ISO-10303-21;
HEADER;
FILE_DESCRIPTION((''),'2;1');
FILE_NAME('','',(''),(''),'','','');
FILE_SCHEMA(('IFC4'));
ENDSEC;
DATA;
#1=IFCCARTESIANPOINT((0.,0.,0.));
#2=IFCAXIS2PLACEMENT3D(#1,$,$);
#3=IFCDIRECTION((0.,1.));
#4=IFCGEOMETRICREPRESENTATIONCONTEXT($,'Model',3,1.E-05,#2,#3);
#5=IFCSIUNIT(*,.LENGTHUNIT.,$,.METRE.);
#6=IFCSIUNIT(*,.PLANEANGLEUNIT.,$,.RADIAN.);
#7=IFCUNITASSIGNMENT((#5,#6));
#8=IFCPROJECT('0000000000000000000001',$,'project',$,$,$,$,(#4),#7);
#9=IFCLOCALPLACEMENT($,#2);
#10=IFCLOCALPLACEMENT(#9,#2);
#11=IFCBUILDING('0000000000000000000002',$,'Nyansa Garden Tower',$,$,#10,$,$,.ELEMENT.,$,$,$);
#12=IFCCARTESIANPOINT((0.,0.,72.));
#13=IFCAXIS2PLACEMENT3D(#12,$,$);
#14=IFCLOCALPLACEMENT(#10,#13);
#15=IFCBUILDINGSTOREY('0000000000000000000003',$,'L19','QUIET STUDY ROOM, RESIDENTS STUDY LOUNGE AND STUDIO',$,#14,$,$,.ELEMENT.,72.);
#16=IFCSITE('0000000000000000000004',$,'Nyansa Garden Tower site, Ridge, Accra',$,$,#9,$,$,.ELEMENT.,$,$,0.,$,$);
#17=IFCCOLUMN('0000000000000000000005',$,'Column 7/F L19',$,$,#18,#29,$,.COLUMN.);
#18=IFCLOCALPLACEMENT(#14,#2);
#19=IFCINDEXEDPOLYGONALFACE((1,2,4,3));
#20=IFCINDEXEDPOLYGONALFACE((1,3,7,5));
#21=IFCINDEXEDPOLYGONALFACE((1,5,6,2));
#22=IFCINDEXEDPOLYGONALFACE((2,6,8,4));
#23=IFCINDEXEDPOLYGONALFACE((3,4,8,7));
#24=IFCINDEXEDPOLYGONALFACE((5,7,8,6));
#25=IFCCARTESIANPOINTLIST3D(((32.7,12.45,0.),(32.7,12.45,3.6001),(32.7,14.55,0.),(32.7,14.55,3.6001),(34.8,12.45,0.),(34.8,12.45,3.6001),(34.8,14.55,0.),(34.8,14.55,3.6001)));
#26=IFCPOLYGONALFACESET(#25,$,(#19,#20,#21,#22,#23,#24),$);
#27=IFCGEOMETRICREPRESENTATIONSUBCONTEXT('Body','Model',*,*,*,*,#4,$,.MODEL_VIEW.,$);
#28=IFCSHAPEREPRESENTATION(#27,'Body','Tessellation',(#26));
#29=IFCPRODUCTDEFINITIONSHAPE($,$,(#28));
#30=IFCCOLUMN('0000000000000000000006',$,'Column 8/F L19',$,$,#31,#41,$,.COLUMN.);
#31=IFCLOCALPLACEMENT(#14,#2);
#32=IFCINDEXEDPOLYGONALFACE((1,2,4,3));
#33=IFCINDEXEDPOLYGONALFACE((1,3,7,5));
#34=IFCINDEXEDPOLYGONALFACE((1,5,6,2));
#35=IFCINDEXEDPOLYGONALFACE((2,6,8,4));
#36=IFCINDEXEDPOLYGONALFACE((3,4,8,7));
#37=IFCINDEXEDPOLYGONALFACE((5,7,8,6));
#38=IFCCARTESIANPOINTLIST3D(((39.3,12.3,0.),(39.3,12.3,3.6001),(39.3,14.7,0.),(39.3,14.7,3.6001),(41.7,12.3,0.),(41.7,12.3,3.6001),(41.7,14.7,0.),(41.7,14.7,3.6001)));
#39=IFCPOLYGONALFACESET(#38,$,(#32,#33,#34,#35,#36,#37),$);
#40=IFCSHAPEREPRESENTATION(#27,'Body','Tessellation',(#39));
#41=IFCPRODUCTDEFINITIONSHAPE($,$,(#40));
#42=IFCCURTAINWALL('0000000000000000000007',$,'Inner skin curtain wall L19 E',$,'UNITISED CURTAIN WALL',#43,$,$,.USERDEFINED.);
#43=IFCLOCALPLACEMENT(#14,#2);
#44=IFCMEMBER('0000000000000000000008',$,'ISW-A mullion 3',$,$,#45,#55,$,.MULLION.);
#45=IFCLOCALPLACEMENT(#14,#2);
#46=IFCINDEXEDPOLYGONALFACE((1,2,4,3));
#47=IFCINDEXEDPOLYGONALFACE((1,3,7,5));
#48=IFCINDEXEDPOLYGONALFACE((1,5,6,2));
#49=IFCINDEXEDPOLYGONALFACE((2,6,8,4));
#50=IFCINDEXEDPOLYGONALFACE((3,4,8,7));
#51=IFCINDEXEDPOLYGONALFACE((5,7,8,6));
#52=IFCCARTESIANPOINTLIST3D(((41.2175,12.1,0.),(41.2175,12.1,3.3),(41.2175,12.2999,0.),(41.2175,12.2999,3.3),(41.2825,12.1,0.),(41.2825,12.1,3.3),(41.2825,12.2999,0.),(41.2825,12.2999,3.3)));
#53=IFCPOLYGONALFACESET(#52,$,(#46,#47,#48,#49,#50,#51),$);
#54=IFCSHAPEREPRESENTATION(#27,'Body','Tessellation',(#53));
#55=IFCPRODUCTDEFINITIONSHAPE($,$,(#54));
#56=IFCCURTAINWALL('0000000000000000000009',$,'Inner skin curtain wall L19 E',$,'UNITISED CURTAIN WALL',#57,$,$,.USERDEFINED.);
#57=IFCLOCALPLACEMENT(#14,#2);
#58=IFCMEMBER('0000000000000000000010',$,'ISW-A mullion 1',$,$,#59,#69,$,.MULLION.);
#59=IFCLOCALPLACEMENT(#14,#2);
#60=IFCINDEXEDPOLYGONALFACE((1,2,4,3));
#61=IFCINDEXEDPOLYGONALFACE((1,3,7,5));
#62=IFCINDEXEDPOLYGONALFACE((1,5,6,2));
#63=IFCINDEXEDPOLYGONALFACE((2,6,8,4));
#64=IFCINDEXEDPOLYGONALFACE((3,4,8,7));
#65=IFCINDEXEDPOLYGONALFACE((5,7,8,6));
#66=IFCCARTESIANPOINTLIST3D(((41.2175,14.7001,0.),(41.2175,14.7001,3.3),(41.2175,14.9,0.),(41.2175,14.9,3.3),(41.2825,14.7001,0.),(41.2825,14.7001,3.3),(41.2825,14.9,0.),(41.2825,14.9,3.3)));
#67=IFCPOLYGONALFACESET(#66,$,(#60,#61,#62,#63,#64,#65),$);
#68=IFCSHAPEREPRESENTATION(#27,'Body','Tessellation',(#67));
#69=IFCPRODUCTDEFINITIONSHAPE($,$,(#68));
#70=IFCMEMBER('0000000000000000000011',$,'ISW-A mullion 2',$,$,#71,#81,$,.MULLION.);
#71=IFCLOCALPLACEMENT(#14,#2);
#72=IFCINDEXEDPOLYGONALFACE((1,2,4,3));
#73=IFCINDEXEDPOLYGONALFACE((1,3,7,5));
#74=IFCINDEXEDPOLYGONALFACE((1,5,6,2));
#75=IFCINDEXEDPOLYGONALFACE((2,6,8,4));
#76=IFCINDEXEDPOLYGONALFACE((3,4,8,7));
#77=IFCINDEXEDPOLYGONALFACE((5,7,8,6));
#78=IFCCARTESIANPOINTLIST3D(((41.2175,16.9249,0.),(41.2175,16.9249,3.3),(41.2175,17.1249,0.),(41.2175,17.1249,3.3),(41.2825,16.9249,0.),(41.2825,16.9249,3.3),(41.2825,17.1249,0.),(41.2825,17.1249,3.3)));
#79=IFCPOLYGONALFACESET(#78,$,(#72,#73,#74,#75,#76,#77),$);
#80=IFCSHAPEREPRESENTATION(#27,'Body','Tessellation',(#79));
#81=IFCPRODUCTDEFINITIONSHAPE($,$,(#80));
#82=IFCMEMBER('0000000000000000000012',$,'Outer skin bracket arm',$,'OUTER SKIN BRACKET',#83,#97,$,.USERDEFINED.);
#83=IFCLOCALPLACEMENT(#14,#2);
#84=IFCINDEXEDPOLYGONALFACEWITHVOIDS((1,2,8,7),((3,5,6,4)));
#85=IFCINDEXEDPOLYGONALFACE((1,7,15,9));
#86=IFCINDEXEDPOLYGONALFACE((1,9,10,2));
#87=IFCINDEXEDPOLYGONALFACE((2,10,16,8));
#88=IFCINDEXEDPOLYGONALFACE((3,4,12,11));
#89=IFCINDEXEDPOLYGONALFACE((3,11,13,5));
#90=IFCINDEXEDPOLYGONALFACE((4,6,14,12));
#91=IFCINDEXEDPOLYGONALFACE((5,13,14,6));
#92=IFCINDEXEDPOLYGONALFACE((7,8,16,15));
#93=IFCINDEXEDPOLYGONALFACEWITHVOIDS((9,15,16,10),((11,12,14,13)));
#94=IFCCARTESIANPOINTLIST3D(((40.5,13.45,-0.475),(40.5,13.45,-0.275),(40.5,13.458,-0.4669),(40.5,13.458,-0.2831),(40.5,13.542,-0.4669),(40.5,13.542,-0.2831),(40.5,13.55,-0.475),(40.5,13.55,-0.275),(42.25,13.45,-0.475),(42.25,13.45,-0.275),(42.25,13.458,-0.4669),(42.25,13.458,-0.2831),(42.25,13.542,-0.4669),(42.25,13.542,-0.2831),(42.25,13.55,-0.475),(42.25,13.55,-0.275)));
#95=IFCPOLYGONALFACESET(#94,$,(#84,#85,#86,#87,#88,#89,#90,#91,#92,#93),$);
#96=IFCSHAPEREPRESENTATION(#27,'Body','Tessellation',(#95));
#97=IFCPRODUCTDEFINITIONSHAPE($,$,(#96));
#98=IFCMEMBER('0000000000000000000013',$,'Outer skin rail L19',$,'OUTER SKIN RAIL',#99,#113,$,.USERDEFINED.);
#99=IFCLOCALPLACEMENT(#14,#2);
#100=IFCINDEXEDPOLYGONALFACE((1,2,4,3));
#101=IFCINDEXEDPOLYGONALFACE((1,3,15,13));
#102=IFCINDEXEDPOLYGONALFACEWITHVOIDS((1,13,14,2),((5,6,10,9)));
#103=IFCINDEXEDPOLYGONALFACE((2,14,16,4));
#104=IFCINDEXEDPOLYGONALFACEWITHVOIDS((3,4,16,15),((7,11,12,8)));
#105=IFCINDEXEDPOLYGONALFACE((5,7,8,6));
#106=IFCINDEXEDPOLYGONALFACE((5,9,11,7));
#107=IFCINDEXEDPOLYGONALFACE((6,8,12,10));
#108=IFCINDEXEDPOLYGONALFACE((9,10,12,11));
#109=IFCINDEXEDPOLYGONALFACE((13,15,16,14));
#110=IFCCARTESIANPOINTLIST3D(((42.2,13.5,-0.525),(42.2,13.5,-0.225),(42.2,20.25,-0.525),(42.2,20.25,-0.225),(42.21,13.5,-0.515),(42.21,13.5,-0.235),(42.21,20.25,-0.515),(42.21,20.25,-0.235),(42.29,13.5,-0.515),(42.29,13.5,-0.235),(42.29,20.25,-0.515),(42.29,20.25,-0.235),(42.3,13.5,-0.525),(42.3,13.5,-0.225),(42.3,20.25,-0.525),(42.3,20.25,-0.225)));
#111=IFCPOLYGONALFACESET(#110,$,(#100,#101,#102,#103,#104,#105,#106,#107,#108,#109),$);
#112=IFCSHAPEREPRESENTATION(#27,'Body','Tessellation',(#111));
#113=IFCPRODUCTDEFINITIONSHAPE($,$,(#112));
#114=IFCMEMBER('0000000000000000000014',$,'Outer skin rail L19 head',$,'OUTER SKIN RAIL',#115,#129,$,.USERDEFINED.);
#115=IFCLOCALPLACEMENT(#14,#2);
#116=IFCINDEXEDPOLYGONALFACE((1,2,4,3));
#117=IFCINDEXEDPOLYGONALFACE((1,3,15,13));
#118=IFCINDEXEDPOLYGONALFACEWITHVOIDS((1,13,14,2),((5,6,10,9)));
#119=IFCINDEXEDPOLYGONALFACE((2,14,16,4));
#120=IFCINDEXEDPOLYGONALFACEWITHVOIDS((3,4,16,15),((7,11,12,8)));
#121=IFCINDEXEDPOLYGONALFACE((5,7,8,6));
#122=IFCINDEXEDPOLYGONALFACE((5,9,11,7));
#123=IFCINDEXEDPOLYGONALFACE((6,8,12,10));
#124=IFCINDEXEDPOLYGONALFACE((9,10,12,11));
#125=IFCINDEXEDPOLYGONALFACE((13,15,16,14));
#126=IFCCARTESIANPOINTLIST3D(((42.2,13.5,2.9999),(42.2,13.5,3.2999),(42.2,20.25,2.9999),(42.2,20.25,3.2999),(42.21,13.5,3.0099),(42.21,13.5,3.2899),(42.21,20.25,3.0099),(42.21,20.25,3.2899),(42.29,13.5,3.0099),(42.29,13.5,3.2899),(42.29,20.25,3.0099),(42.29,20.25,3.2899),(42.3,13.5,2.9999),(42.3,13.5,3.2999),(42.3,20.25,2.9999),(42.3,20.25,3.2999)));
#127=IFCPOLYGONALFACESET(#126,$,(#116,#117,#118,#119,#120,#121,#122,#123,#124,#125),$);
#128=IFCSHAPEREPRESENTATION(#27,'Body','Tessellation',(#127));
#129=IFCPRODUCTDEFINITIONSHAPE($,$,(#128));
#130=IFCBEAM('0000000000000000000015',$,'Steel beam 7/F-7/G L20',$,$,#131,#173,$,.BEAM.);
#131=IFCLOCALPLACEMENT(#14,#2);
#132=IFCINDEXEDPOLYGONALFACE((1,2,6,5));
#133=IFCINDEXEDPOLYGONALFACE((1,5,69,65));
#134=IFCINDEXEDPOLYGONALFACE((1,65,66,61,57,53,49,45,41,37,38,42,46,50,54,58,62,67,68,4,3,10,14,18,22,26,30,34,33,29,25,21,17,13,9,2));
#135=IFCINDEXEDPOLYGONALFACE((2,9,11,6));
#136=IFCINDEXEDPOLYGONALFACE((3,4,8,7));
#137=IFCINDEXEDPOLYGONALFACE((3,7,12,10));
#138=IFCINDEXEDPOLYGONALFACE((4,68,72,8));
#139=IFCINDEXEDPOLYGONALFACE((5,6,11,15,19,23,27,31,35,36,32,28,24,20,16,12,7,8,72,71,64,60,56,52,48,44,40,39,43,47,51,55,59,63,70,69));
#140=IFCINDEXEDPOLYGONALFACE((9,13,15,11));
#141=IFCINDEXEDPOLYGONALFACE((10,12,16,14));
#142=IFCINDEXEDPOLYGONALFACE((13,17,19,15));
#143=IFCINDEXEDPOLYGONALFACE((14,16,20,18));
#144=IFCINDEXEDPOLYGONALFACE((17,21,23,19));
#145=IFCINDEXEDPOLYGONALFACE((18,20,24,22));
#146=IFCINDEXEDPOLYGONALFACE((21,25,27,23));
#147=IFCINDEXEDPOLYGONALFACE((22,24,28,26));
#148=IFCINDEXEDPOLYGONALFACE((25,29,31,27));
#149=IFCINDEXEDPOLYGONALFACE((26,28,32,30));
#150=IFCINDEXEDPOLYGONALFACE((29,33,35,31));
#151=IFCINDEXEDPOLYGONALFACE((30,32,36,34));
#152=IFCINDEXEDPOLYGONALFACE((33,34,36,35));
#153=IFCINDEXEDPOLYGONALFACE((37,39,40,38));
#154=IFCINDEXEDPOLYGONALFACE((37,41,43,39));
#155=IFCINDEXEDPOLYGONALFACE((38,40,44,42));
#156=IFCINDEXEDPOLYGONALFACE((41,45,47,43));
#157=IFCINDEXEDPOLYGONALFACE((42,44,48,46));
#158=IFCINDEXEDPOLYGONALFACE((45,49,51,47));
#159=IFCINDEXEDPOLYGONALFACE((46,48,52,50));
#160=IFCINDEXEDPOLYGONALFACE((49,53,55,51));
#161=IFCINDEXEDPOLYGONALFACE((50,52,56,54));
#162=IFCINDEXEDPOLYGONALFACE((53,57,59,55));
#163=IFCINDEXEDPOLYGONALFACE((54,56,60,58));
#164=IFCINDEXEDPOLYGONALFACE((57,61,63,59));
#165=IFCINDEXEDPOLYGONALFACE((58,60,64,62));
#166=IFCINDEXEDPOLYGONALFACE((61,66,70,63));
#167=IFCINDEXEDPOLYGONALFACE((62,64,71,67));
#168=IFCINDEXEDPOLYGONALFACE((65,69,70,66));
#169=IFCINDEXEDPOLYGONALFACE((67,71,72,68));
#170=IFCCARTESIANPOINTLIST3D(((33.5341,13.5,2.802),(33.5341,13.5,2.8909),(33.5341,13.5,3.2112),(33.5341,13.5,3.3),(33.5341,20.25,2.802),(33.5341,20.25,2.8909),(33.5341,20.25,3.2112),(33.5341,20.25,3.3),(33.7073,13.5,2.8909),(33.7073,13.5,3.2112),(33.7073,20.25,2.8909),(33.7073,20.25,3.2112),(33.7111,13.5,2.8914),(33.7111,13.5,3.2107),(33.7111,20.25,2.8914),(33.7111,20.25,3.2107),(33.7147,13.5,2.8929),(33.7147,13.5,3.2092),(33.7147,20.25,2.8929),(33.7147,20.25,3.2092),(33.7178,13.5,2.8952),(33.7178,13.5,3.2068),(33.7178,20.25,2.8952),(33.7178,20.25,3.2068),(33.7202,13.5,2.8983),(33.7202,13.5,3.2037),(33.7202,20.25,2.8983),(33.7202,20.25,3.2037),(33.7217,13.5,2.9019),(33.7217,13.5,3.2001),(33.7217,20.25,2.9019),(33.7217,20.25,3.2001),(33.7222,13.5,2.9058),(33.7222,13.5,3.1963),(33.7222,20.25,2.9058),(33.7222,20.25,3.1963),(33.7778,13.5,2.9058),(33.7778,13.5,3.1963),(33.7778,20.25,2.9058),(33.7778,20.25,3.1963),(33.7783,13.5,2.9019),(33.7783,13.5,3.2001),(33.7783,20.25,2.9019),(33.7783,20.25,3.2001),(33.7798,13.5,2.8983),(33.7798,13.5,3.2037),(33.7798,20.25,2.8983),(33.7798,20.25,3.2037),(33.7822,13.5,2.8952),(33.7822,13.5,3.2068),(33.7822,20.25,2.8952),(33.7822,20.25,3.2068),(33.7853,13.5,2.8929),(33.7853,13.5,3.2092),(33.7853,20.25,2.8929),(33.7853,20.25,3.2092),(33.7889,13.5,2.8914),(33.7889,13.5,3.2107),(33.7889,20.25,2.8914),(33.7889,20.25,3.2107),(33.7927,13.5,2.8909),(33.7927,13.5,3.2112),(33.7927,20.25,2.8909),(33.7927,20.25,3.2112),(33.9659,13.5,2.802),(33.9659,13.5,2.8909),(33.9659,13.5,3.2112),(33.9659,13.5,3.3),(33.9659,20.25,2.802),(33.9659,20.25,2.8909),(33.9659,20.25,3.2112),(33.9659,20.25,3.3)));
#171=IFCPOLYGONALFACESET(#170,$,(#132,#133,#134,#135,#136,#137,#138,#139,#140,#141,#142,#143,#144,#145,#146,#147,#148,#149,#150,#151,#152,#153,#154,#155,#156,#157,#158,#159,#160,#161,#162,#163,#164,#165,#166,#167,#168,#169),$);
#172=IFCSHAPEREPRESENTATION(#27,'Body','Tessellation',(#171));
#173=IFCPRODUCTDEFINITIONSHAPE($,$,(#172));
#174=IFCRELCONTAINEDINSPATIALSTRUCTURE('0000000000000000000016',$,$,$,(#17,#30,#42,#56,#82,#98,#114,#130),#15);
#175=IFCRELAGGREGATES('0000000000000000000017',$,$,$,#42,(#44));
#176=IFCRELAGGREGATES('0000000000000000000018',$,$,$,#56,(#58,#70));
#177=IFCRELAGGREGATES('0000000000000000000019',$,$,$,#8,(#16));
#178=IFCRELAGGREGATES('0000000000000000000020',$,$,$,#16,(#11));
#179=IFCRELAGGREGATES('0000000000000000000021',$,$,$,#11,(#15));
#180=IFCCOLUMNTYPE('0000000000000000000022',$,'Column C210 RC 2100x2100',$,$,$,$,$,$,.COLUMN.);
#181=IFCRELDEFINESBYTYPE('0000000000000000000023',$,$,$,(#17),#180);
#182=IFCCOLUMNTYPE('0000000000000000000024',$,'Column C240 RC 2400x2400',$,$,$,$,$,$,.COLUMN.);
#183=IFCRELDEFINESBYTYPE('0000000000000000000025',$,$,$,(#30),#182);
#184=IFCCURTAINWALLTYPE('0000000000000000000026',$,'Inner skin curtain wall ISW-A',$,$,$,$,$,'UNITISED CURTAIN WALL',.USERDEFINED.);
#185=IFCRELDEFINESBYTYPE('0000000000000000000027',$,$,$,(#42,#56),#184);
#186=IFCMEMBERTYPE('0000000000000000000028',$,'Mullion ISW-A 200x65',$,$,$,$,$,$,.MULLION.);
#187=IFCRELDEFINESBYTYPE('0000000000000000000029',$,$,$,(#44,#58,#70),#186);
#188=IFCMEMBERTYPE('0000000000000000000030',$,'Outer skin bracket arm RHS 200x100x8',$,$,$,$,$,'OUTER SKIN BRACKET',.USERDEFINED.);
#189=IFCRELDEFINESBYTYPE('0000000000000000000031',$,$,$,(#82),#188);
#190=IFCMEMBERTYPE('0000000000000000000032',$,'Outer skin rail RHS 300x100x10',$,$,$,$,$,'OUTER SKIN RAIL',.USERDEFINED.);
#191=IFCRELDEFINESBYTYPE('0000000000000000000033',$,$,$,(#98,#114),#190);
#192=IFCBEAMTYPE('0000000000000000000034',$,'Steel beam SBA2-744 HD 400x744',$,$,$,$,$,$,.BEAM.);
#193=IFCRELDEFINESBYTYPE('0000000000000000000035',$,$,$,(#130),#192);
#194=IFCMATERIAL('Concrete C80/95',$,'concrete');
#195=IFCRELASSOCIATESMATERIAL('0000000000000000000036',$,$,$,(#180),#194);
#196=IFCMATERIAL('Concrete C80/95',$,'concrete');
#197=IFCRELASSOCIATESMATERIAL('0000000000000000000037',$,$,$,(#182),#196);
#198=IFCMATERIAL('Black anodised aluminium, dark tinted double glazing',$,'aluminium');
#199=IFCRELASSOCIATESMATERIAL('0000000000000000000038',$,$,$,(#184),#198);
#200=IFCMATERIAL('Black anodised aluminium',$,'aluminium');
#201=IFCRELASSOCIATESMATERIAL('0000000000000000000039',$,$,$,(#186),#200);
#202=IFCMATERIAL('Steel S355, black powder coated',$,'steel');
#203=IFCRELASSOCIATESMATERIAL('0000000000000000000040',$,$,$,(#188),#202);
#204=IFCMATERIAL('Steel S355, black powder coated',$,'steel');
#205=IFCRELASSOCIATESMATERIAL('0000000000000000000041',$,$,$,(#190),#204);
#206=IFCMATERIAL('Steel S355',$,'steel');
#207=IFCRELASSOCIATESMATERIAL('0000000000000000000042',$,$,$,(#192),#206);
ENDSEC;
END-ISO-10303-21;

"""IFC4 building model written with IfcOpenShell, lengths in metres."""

from ifc_helpers import new_model, si_unit, direction, frame, origin, origin_2d, place, context, subcontext, project, spatial, rectangle, hollow_rectangle, i_section, extrude, material, material_profile, profile_set, type_object, element, aggregate, save


model = new_model("IFC4")

# Units and contexts
model_context = context("Model", 3, precision=1e-05, world=origin(), true_north=direction((0.0, 1.0)))
body_context = subcontext(model_context, "Body", "Model", "MODEL_VIEW")
ifc_project = project(units=[si_unit("LENGTHUNIT", "METRE"), si_unit("PLANEANGLEUNIT", "RADIAN")], contexts=[model_context])

# Site, building, storey
site_placement = place(None, origin())
site = spatial("IfcSite", under=ifc_project, at=site_placement, Name="Nyansa Garden Tower site, Ridge, Accra", CompositionType="ELEMENT", RefElevation=0.0)
building_placement = place(site_placement, origin())
building = spatial("IfcBuilding", under=site, at=building_placement, Name="Nyansa Garden Tower", CompositionType="ELEMENT")
storey_placement = place(building_placement, frame((0.0, 0.0, 72.0)))
storey = spatial("IfcBuildingStorey", under=building, at=storey_placement, Name="L19", Description="QUIET STUDY ROOM, RESIDENTS STUDY LOUNGE AND STUDIO", CompositionType="ELEMENT", Elevation=72.0)

# Columns
ifc_material_1 = material(Name="Concrete C80/95", Category="concrete")
ifc_material_profile_1 = material_profile(ifc_material_1, rectangle(XDim=2.1001, YDim=2.1001, at=origin_2d()), Name="RC 2100x2100")
ifc_profile_set_1 = profile_set([ifc_material_profile_1], Name="Concrete C80/95")
column_type_1 = type_object("IfcColumnType", Name="Column C210 RC 2100x2100", PredefinedType="COLUMN", material=ifc_profile_set_1)
column_1_placement = place(storey_placement, frame((33.75, 13.5, 0.0), z_axis=(0.0, 0.0, 1.0), x_axis=(1.0, 0.0, 0.0)))
element("IfcColumn", 1, at=column_1_placement, inside=storey, type_object=column_type_1, Name="Column 7/F L19", PredefinedType="COLUMN", context=body_context, shape_type="SweptSolid", body=[
    extrude(rectangle(XDim=2.1001, YDim=2.1001, at=origin_2d()), origin(), (0.0, 0.0, 1.0), 3.6001),
])
ifc_material_2 = material(Name="Concrete C80/95", Category="concrete")
ifc_material_profile_2 = material_profile(ifc_material_2, rectangle(XDim=2.3999, YDim=2.3999, at=origin_2d()), Name="RC 2400x2400")
ifc_profile_set_2 = profile_set([ifc_material_profile_2], Name="Concrete C80/95")
column_type_2 = type_object("IfcColumnType", Name="Column C240 RC 2400x2400", PredefinedType="COLUMN", material=ifc_profile_set_2)
column_2_placement = place(storey_placement, frame((40.5, 13.5, 0.0), z_axis=(0.0, 0.0, 1.0), x_axis=(1.0, 0.0, 0.0)))
element("IfcColumn", 2, at=column_2_placement, inside=storey, type_object=column_type_2, Name="Column 8/F L19", PredefinedType="COLUMN", context=body_context, shape_type="SweptSolid", body=[
    extrude(rectangle(XDim=2.3999, YDim=2.3999, at=origin_2d()), origin(), (0.0, 0.0, 1.0), 3.6001),
])

# Curtain wall, member
ifc_material_3 = material(Name="Black anodised aluminium, dark tinted double glazing", Category="aluminium")
curtain_wall_type = type_object("IfcCurtainWallType", Name="Inner skin curtain wall ISW-A", ElementType="UNITISED CURTAIN WALL", PredefinedType="USERDEFINED", material=ifc_material_3)
curtain_wall_1_placement = place(storey_placement, origin())
curtain_wall_1 = element("IfcCurtainWall", 3, at=curtain_wall_1_placement, inside=storey, type_object=curtain_wall_type, Name="Inner skin curtain wall L19 E", ObjectType="UNITISED CURTAIN WALL", PredefinedType="USERDEFINED")
ifc_material_4 = material(Name="Black anodised aluminium", Category="aluminium")
ifc_material_profile_3 = material_profile(ifc_material_4, rectangle(XDim=0.0649, YDim=0.2, at=origin_2d()), Name="Mullion 200x65")
ifc_profile_set_3 = profile_set([ifc_material_profile_3], Name="Black anodised aluminium")
member_type_1 = type_object("IfcMemberType", Name="Mullion ISW-A 200x65", PredefinedType="MULLION", material=ifc_profile_set_3)
member_1_placement = place(storey_placement, frame((41.25, 12.2, 0.0), z_axis=(0.0, 0.0, 1.0), x_axis=(-1.0, 0.0, 0.0)))
member_1 = element("IfcMember", 4, at=member_1_placement, type_object=member_type_1, Name="ISW-A mullion 3", PredefinedType="MULLION", context=body_context, shape_type="SweptSolid", body=[
    extrude(rectangle(XDim=0.0649, YDim=0.2, at=origin_2d()), origin(), (0.0, 0.0, 1.0), 3.3),
])

# Curtain wall, members
curtain_wall_2_placement = place(storey_placement, origin())
curtain_wall_2 = element("IfcCurtainWall", 5, at=curtain_wall_2_placement, inside=storey, type_object=curtain_wall_type, Name="Inner skin curtain wall L19 E", ObjectType="UNITISED CURTAIN WALL", PredefinedType="USERDEFINED")
member_2_placement = place(storey_placement, frame((41.25, 14.8, 0.0), z_axis=(0.0, 0.0, 1.0), x_axis=(-1.0, 0.0, 0.0)))
member_2 = element("IfcMember", 6, at=member_2_placement, type_object=member_type_1, Name="ISW-A mullion 1", PredefinedType="MULLION", context=body_context, shape_type="SweptSolid", body=[
    extrude(rectangle(XDim=0.0649, YDim=0.2, at=origin_2d()), origin(), (0.0, 0.0, 1.0), 3.3),
])
member_3_placement = place(storey_placement, frame((41.25, 17.0249, 0.0), z_axis=(0.0, 0.0, 1.0), x_axis=(-1.0, 0.0, 0.0)))
member_3 = element("IfcMember", 7, at=member_3_placement, type_object=member_type_1, Name="ISW-A mullion 2", PredefinedType="MULLION", context=body_context, shape_type="SweptSolid", body=[
    extrude(rectangle(XDim=0.0649, YDim=0.2, at=origin_2d()), origin(), (0.0, 0.0, 1.0), 3.3),
])

# Members
ifc_material_5 = material(Name="Steel S355, black powder coated", Category="steel")
ifc_material_profile_4 = material_profile(ifc_material_5, hollow_rectangle(XDim=0.1001, YDim=0.2, WallThickness=0.0081, at=origin_2d()), Name="RHS 200x100x8")
ifc_profile_set_4 = profile_set([ifc_material_profile_4], Name="Steel S355, black powder coated")
member_type_2 = type_object("IfcMemberType", Name="Outer skin bracket arm RHS 200x100x8", ElementType="OUTER SKIN BRACKET", PredefinedType="USERDEFINED", material=ifc_profile_set_4)
member_4_placement = place(storey_placement, frame((40.5, 13.5, -0.375), z_axis=(1.0, 0.0, 0.0), x_axis=(0.0, 1.0, 0.0)))
element("IfcMember", 8, at=member_4_placement, inside=storey, type_object=member_type_2, Name="Outer skin bracket arm", ObjectType="OUTER SKIN BRACKET", PredefinedType="USERDEFINED", context=body_context, shape_type="SweptSolid", body=[
    extrude(hollow_rectangle(XDim=0.1001, YDim=0.2, WallThickness=0.0081, at=origin_2d()), origin(), (0.0, 0.0, 1.0), 1.75),
])
ifc_material_6 = material(Name="Steel S355, black powder coated", Category="steel")
ifc_material_profile_5 = material_profile(ifc_material_6, hollow_rectangle(XDim=0.1001, YDim=0.3, WallThickness=0.01, at=origin_2d()), Name="RHS 300x100x10")
ifc_profile_set_5 = profile_set([ifc_material_profile_5], Name="Steel S355, black powder coated")
member_type_3 = type_object("IfcMemberType", Name="Outer skin rail RHS 300x100x10", ElementType="OUTER SKIN RAIL", PredefinedType="USERDEFINED", material=ifc_profile_set_5)
for number, where, z_axis, x_axis, name in (
    (9, (42.25, 13.5, -0.375), (0.0, 1.0, 0.0), (-1.0, 0.0, 0.0), "Outer skin rail L19"),
    (10, (42.25, 13.5, 3.1499), (0.0, 1.0, 0.0), (-1.0, 0.0, 0.0), "Outer skin rail L19 head"),
):
    element("IfcMember", number, at=place(storey_placement, frame(where, z_axis=z_axis, x_axis=x_axis)), inside=storey, type_object=member_type_3, Name=name, ObjectType="OUTER SKIN RAIL", PredefinedType="USERDEFINED", context=body_context, shape_type="SweptSolid", body=[
        extrude(hollow_rectangle(XDim=0.1001, YDim=0.3, WallThickness=0.01, at=origin_2d()), origin(), (0.0, 0.0, 1.0), 6.75),
    ])

# Beam
ifc_material_7 = material(Name="Steel S355", Category="steel")
ifc_material_profile_6 = material_profile(ifc_material_7, i_section(OverallWidth=0.4319, OverallDepth=0.498, WebThickness=0.0557, FlangeThickness=0.0889, FilletRadius=0.0149, at=origin_2d()), Name="HD 400x744")
ifc_profile_set_6 = profile_set([ifc_material_profile_6], Name="Steel S355")
beam_type_1 = type_object("IfcBeamType", Name="Steel beam SBA2-744 HD 400x744", PredefinedType="BEAM", material=ifc_profile_set_6)
beam_1_placement = place(storey_placement, frame((33.75, 13.5, 3.051), z_axis=(0.0, 1.0, 0.0), x_axis=(-1.0, 0.0, 0.0)))
element("IfcBeam", 11, at=beam_1_placement, inside=storey, type_object=beam_type_1, Name="Steel beam 7/F-7/G L20", PredefinedType="BEAM", context=body_context, shape_type="SweptSolid", body=[
    extrude(i_section(OverallWidth=0.4319, OverallDepth=0.498, WebThickness=0.0557, FlangeThickness=0.0889, FilletRadius=0.0149, at=origin_2d()), origin(), (0.0, 0.0, 1.0), 6.75),
])

aggregate(curtain_wall_1, [member_1])
aggregate(curtain_wall_2, [member_2, member_3])

save(model, "model.ifc")
